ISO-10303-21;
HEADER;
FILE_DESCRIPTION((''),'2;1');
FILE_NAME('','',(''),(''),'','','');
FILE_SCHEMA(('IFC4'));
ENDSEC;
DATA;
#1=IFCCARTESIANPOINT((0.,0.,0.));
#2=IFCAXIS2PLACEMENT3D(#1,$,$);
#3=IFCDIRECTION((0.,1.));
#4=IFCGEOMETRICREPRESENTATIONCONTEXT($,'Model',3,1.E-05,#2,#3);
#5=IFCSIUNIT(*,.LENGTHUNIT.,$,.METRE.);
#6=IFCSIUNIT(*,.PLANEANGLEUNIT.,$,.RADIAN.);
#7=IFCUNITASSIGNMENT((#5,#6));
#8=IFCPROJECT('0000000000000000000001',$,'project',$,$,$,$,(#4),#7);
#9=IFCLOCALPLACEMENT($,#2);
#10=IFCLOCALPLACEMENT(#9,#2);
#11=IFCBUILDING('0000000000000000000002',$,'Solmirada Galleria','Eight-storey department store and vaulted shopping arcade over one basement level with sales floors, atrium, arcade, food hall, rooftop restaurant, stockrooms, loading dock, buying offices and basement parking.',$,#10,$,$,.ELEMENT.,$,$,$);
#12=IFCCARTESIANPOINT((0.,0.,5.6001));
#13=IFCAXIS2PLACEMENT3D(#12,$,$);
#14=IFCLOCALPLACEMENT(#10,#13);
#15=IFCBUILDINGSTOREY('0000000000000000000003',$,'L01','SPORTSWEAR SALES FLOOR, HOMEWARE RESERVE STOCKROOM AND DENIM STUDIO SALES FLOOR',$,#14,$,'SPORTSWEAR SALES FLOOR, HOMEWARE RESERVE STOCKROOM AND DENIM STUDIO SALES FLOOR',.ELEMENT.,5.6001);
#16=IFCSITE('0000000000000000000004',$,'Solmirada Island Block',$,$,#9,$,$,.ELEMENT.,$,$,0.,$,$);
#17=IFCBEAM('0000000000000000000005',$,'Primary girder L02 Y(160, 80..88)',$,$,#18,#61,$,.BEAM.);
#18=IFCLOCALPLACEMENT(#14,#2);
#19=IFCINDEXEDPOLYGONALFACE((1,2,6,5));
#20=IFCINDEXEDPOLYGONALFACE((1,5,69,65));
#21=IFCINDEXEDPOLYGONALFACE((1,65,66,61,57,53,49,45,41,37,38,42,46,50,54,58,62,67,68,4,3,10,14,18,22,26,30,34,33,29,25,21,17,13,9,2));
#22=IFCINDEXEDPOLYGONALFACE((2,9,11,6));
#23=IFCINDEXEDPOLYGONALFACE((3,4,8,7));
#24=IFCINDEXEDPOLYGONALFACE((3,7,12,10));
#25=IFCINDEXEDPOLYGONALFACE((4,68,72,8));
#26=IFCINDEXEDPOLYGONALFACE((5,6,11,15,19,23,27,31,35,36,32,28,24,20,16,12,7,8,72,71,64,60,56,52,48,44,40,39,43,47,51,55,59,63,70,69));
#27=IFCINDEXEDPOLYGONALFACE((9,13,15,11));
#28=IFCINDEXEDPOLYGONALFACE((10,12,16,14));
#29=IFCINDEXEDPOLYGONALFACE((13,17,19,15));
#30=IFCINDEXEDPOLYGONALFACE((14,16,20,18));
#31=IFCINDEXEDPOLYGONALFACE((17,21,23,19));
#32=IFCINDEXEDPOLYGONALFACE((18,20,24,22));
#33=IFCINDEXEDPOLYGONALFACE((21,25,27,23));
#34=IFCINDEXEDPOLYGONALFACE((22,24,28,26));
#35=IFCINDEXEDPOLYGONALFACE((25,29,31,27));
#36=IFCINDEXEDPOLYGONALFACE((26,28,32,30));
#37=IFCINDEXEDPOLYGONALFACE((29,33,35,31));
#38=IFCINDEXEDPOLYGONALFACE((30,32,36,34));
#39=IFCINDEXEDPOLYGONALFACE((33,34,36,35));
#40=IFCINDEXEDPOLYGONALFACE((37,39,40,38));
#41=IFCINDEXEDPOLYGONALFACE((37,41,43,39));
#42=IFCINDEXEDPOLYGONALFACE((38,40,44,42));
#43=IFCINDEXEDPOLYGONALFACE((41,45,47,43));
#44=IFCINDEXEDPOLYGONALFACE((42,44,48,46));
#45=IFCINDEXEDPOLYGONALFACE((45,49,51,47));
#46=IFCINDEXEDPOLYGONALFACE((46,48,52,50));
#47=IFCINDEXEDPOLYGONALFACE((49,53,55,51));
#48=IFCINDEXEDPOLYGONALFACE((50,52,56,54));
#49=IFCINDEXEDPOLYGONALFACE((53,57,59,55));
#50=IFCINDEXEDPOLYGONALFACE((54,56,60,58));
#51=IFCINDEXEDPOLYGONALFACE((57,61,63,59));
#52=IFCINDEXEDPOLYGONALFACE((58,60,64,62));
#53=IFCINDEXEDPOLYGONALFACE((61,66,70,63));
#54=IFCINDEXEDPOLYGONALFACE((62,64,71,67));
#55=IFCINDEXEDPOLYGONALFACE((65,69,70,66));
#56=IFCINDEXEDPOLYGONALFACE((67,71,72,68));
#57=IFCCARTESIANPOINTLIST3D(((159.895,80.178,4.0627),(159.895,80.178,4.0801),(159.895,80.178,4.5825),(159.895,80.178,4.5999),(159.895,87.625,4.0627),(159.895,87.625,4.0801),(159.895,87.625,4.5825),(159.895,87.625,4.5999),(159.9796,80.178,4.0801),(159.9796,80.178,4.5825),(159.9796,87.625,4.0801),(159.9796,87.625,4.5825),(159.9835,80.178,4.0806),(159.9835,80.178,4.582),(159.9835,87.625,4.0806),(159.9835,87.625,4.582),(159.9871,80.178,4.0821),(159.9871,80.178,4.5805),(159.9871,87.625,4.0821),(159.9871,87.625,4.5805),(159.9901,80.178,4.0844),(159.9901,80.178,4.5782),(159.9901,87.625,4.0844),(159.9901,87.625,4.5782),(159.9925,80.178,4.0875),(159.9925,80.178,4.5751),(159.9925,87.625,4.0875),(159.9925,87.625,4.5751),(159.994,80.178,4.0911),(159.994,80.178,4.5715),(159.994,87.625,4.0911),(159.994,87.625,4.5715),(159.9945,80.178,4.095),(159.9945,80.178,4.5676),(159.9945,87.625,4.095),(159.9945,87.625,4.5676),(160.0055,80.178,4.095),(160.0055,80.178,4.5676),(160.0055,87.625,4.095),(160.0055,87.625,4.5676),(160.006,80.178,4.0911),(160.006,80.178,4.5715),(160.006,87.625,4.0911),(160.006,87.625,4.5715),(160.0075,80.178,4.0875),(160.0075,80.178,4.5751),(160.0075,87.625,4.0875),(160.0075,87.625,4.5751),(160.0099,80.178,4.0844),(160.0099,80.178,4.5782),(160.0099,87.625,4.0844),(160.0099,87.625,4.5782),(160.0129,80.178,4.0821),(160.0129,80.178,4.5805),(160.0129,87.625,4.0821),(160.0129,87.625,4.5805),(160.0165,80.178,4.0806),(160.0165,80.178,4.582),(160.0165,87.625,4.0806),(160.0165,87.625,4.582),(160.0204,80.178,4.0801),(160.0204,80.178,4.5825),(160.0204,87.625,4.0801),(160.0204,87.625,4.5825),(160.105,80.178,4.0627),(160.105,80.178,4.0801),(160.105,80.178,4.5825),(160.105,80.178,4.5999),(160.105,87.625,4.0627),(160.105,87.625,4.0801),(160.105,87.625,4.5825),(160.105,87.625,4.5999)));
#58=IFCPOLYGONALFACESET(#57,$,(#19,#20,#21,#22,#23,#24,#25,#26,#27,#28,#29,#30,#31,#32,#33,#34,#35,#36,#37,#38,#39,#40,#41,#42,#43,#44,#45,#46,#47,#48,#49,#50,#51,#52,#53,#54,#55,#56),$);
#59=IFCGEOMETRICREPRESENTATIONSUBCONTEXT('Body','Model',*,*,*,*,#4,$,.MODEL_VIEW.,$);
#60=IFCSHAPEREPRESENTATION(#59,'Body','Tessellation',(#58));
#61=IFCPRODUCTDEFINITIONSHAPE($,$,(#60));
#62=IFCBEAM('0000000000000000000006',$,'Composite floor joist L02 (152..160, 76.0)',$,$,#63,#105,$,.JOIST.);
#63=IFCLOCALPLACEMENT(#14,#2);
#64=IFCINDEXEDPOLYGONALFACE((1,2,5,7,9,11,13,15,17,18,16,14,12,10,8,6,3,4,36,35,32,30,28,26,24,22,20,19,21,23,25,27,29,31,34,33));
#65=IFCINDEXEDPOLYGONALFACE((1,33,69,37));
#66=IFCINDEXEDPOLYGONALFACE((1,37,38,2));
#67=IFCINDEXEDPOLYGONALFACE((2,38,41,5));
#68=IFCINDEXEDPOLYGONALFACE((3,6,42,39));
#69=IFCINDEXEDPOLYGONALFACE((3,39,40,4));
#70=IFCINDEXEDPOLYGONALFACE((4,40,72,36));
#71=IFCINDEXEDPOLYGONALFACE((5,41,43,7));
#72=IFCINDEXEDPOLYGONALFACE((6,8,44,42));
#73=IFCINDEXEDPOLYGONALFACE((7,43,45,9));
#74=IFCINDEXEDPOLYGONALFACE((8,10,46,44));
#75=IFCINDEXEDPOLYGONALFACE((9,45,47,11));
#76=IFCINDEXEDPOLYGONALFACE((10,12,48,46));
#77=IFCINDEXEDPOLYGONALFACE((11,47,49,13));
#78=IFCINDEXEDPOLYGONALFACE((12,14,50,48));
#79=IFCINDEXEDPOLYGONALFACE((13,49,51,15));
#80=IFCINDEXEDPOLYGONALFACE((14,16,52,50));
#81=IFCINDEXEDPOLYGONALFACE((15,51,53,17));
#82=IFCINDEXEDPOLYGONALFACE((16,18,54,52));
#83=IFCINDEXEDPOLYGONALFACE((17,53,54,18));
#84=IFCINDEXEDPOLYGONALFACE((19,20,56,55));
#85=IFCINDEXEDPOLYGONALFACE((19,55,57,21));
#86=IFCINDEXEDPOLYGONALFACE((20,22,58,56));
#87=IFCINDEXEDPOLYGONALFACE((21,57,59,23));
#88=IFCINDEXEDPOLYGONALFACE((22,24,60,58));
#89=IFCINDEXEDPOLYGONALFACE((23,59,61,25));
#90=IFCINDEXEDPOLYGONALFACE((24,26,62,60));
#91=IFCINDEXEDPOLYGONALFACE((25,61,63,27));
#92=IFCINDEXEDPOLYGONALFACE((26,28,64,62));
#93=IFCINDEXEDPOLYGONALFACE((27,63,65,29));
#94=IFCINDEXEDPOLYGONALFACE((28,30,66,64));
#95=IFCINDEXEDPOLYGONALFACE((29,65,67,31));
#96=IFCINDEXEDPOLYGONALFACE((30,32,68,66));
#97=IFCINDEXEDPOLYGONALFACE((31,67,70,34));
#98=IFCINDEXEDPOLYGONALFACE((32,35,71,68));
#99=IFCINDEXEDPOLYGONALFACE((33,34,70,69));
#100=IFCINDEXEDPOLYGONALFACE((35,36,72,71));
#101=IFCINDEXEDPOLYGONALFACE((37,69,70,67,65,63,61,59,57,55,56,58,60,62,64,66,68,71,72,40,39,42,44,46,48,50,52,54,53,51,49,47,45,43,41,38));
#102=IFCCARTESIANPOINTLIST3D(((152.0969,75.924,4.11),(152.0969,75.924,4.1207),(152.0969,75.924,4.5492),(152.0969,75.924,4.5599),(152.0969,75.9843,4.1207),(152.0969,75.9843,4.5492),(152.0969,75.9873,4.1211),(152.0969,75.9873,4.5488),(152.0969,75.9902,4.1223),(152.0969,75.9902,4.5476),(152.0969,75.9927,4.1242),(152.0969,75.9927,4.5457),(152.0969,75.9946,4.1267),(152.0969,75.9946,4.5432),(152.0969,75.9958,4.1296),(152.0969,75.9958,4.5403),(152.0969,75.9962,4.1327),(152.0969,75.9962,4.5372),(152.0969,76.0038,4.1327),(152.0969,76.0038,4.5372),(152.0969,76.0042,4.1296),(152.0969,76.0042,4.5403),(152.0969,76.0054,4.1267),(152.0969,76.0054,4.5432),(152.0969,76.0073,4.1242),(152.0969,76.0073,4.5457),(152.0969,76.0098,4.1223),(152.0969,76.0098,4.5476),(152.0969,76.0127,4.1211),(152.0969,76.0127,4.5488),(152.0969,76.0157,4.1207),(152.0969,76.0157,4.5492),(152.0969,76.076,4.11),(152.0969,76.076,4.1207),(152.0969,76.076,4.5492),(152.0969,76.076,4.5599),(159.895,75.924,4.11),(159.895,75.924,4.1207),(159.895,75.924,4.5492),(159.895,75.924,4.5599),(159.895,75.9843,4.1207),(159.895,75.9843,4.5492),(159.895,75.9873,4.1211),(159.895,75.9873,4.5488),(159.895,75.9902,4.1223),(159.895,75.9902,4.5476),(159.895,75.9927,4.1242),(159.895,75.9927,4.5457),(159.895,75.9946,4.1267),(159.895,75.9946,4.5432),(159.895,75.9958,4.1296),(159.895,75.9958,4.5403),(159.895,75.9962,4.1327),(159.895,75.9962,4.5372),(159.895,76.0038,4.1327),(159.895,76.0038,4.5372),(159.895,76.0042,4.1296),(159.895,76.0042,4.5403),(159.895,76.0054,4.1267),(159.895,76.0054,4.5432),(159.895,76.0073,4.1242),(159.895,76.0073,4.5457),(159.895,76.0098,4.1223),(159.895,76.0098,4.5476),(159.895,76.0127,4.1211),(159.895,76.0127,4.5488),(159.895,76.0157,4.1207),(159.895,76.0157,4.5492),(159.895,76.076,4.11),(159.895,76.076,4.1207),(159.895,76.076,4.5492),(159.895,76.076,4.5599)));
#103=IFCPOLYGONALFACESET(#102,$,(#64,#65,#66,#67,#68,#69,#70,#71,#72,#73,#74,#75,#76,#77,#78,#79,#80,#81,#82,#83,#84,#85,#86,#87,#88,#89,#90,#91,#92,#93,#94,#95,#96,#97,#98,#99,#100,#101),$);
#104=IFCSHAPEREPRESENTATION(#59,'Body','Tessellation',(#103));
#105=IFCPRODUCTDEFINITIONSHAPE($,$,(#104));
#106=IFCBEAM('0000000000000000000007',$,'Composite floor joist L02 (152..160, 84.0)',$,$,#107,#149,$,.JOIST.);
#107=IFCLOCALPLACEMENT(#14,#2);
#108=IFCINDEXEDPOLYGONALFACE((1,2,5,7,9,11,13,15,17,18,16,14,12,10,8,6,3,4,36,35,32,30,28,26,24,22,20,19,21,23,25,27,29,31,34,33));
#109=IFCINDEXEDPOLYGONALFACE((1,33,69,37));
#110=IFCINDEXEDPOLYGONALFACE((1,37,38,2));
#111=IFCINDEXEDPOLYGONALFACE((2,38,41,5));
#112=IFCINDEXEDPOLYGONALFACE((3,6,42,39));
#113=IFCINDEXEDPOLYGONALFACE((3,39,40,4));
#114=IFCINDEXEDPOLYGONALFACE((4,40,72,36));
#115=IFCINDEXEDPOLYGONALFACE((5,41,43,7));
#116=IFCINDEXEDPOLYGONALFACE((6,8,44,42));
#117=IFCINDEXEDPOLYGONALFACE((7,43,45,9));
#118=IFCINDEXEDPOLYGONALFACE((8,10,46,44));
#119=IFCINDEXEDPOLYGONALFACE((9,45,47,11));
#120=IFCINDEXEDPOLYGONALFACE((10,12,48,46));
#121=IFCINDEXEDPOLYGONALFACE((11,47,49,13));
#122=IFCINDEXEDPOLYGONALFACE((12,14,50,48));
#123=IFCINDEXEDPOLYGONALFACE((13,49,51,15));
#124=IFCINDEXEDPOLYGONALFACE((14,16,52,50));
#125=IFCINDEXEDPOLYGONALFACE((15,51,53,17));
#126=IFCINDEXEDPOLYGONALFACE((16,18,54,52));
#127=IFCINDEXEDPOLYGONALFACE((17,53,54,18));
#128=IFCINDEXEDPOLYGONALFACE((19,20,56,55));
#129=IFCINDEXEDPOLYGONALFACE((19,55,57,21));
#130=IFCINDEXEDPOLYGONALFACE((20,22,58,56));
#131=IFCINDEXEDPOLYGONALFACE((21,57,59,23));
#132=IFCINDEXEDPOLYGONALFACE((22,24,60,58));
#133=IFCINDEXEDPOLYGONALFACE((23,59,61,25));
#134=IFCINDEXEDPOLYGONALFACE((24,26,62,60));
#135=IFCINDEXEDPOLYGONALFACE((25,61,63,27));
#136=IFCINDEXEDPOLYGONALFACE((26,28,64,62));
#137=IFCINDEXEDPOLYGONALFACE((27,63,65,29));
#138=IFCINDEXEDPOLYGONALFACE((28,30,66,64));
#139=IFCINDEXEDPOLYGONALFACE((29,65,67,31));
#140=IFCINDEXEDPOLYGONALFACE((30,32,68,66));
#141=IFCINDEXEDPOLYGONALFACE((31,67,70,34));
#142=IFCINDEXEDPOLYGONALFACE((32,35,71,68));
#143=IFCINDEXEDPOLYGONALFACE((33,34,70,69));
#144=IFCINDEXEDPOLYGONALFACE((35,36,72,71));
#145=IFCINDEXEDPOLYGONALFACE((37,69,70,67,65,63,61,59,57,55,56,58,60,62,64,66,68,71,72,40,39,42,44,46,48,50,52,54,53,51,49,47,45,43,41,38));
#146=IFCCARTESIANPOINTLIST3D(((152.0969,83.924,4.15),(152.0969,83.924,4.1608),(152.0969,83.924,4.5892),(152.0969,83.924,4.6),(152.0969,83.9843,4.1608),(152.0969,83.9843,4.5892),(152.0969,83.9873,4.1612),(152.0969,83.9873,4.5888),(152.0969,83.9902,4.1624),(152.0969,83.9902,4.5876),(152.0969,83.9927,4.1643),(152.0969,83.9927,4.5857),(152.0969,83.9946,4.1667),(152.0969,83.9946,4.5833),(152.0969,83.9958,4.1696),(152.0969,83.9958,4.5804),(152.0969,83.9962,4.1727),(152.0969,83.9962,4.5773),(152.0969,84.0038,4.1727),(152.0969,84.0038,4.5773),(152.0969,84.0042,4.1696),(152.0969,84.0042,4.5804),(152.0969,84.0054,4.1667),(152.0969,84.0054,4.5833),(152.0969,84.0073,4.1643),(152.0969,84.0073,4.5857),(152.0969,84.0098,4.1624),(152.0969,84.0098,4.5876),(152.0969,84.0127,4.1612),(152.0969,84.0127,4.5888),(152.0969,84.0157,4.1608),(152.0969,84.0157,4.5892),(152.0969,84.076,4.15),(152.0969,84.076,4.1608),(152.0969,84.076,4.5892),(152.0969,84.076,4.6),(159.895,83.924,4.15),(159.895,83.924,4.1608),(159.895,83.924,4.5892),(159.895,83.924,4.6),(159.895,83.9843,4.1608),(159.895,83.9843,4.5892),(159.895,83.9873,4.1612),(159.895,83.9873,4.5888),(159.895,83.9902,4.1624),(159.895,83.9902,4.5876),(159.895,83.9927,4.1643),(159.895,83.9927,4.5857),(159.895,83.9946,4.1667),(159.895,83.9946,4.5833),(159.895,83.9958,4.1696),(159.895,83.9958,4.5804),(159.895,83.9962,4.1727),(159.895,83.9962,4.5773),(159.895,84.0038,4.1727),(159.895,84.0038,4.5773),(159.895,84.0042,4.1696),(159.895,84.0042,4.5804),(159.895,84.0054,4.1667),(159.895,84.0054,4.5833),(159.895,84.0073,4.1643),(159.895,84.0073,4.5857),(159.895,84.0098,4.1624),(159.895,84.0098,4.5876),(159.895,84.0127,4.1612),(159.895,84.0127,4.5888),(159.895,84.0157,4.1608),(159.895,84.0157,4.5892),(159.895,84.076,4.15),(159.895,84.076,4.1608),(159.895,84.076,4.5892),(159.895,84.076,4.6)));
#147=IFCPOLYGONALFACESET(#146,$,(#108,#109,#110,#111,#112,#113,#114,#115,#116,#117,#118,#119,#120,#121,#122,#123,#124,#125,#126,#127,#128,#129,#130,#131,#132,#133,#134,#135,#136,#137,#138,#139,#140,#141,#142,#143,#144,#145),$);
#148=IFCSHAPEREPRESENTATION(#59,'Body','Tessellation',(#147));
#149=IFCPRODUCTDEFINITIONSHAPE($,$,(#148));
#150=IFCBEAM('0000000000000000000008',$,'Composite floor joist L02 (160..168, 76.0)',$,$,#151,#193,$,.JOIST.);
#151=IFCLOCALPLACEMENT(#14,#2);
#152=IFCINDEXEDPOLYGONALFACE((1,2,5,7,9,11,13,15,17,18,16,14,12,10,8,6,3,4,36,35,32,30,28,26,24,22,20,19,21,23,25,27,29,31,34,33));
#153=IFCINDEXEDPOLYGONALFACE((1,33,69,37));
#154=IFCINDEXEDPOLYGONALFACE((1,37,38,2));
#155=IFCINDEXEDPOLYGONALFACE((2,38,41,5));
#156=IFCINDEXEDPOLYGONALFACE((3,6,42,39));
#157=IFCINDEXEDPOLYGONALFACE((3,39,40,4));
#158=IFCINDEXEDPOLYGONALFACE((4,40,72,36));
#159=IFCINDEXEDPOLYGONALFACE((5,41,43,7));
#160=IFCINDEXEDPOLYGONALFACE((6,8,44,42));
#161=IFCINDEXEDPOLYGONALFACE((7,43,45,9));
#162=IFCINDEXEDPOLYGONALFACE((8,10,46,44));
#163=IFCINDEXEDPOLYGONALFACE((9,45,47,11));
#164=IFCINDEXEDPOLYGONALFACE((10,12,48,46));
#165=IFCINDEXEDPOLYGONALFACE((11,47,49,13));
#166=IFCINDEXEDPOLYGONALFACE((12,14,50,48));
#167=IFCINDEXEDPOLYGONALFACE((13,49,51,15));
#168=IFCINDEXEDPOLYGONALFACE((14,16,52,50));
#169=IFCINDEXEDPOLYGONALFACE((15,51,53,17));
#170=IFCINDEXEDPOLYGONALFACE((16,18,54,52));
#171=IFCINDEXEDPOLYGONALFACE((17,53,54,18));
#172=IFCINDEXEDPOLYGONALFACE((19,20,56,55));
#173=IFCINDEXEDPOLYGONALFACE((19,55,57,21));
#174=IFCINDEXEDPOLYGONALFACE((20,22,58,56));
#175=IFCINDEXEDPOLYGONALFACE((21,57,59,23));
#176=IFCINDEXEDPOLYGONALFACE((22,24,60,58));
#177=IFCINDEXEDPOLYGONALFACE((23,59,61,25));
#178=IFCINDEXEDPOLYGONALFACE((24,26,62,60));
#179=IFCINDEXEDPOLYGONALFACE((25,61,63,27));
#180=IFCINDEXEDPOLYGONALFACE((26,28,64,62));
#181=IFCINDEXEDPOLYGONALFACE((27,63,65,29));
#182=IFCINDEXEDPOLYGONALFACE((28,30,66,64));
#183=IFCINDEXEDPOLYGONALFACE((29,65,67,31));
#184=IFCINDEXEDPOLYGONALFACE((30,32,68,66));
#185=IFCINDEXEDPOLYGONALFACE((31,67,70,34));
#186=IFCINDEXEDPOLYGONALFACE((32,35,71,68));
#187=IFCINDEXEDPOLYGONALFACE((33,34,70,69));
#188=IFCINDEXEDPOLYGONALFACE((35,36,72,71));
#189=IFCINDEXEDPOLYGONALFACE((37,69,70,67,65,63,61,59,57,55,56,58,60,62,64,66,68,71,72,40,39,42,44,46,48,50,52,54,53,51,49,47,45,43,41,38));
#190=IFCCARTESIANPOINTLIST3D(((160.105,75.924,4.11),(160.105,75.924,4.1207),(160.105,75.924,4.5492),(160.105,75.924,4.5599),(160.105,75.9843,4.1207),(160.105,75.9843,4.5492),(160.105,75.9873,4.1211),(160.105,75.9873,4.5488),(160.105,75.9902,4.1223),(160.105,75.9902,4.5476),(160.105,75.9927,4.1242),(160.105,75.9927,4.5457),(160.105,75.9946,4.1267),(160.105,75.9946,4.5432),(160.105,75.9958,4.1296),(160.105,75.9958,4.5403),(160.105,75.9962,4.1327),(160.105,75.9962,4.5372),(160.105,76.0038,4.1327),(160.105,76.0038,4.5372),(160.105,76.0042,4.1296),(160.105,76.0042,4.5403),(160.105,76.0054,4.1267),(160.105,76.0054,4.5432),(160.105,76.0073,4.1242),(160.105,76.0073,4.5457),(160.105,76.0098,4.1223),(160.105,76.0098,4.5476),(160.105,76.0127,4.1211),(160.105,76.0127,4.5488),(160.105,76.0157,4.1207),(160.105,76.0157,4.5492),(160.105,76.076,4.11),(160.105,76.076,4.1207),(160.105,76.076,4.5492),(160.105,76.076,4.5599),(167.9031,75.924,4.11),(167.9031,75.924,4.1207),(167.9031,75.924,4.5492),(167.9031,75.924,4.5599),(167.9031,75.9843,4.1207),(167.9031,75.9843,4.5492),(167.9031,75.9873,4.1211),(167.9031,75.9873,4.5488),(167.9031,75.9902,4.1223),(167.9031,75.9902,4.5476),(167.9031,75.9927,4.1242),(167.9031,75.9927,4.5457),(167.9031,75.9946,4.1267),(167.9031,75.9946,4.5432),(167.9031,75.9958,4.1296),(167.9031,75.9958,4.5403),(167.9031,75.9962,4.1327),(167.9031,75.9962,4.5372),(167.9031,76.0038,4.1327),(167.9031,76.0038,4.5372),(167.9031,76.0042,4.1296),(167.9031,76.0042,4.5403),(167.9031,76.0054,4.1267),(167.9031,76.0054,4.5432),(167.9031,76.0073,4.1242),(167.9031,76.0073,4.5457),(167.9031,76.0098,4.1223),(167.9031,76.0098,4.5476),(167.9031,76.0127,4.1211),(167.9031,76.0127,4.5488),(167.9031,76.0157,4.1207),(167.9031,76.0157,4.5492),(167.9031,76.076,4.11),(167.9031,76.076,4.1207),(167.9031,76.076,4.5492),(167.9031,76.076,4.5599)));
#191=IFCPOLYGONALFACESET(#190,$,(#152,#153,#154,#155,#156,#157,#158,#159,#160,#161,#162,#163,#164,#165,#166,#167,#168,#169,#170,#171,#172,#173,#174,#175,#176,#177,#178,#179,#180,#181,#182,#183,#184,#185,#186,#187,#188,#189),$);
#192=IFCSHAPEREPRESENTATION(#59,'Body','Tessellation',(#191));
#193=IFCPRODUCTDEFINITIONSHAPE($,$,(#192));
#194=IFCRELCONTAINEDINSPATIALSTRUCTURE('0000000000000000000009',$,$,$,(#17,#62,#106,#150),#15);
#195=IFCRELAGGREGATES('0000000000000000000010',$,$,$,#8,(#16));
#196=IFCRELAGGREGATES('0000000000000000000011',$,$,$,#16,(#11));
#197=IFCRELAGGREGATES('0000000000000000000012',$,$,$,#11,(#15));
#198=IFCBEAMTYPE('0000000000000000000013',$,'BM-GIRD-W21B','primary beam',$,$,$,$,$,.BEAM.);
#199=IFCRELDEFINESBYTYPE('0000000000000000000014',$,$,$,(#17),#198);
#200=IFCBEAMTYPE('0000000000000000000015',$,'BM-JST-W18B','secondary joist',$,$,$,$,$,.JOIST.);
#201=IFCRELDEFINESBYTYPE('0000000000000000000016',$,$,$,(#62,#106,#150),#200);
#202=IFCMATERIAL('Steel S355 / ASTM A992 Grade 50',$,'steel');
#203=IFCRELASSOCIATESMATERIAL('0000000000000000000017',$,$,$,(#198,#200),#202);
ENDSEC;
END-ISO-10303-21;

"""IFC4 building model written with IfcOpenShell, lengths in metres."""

from ifc_helpers import new_model, si_unit, direction, frame, origin, origin_2d, place, context, subcontext, project, spatial, i_section, extrude, material, material_profile, profile_set, type_object, element, save


model = new_model("IFC4")

# Units and contexts
model_context = context("Model", 3, precision=1e-05, world=origin(), true_north=direction((0.0, 1.0)))
body_context = subcontext(model_context, "Body", "Model", "MODEL_VIEW")
ifc_project = project(units=[si_unit("LENGTHUNIT", "METRE"), si_unit("PLANEANGLEUNIT", "RADIAN")], contexts=[model_context])

# Site, building, storey
site_placement = place(None, origin())
site = spatial("IfcSite", under=ifc_project, at=site_placement, Name="Solmirada Island Block", CompositionType="ELEMENT", RefElevation=0.0)
building_placement = place(site_placement, origin())
building = spatial("IfcBuilding", under=site, at=building_placement, Name="Solmirada Galleria", Description="Eight-storey department store and vaulted shopping arcade over one basement level with sales floors, atrium, arcade, food hall, rooftop restaurant, stockrooms, loading dock, buying offices and basement parking.", CompositionType="ELEMENT")
storey_placement = place(building_placement, frame((0.0, 0.0, 5.6001)))
storey = spatial("IfcBuildingStorey", under=building, at=storey_placement, Name="L01", Description="SPORTSWEAR SALES FLOOR, HOMEWARE RESERVE STOCKROOM AND DENIM STUDIO SALES FLOOR", LongName="SPORTSWEAR SALES FLOOR, HOMEWARE RESERVE STOCKROOM AND DENIM STUDIO SALES FLOOR", CompositionType="ELEMENT", Elevation=5.6001)

# Beams
ifc_material_1 = material(Name="Steel S355 / ASTM A992 Grade 50", Category="steel")
ifc_material_profile_1 = material_profile(ifc_material_1, i_section(OverallWidth=0.21, OverallDepth=0.5371, WebThickness=0.011, FlangeThickness=0.0173, FilletRadius=0.0149, at=origin_2d()), Name="W21X68")
ifc_profile_set_1 = profile_set([ifc_material_profile_1], Name="Steel S355 / ASTM A992 Grade 50")
beam_type_1 = type_object("IfcBeamType", Name="BM-GIRD-W21B", Description="primary beam", PredefinedType="BEAM", material=ifc_profile_set_1)
beam_1_placement = place(storey_placement, frame((160.0, 80.178, 4.3313), z_axis=(0.0, 1.0, 0.0), x_axis=(-1.0, 0.0, 0.0)))
element("IfcBeam", 1, at=beam_1_placement, inside=storey, type_object=beam_type_1, Name="Primary girder L02 Y(160, 80..88)", PredefinedType="BEAM", context=body_context, shape_type="SweptSolid", body=[
    extrude(i_section(OverallWidth=0.21, OverallDepth=0.5371, WebThickness=0.011, FlangeThickness=0.0173, FilletRadius=0.0149, at=origin_2d()), origin(), (0.0, 0.0, 1.0), 7.447),
])
ifc_material_profile_2 = material_profile(ifc_material_1, i_section(OverallWidth=0.1521, OverallDepth=0.45, WebThickness=0.0076, FlangeThickness=0.0107, FilletRadius=0.012, at=origin_2d()), Name="W18X35")
ifc_profile_set_2 = profile_set([ifc_material_profile_2], Name="Steel S355 / ASTM A992 Grade 50")
beam_type_2 = type_object("IfcBeamType", Name="BM-JST-W18B", Description="secondary joist", PredefinedType="JOIST", material=ifc_profile_set_2)
for number, where, z_axis, x_axis, name in (
    (2, (152.0969, 76.0, 4.335), (1.0, 0.0, 0.0), (0.0, 1.0, 0.0), "Composite floor joist L02 (152..160, 76.0)"),
    (3, (152.0969, 84.0, 4.375), (1.0, 0.0, 0.0), (0.0, 1.0, 0.0), "Composite floor joist L02 (152..160, 84.0)"),
    (4, (160.105, 76.0, 4.335), (1.0, 0.0, 0.0), (0.0, 1.0, 0.0), "Composite floor joist L02 (160..168, 76.0)"),
):
    element("IfcBeam", number, at=place(storey_placement, frame(where, z_axis=z_axis, x_axis=x_axis)), inside=storey, type_object=beam_type_2, Name=name, PredefinedType="JOIST", context=body_context, shape_type="SweptSolid", body=[
        extrude(i_section(OverallWidth=0.1521, OverallDepth=0.45, WebThickness=0.0076, FlangeThickness=0.0107, FilletRadius=0.012, at=origin_2d()), origin(), (0.0, 0.0, 1.0), 7.7981),
    ])

save(model, "model.ifc")
